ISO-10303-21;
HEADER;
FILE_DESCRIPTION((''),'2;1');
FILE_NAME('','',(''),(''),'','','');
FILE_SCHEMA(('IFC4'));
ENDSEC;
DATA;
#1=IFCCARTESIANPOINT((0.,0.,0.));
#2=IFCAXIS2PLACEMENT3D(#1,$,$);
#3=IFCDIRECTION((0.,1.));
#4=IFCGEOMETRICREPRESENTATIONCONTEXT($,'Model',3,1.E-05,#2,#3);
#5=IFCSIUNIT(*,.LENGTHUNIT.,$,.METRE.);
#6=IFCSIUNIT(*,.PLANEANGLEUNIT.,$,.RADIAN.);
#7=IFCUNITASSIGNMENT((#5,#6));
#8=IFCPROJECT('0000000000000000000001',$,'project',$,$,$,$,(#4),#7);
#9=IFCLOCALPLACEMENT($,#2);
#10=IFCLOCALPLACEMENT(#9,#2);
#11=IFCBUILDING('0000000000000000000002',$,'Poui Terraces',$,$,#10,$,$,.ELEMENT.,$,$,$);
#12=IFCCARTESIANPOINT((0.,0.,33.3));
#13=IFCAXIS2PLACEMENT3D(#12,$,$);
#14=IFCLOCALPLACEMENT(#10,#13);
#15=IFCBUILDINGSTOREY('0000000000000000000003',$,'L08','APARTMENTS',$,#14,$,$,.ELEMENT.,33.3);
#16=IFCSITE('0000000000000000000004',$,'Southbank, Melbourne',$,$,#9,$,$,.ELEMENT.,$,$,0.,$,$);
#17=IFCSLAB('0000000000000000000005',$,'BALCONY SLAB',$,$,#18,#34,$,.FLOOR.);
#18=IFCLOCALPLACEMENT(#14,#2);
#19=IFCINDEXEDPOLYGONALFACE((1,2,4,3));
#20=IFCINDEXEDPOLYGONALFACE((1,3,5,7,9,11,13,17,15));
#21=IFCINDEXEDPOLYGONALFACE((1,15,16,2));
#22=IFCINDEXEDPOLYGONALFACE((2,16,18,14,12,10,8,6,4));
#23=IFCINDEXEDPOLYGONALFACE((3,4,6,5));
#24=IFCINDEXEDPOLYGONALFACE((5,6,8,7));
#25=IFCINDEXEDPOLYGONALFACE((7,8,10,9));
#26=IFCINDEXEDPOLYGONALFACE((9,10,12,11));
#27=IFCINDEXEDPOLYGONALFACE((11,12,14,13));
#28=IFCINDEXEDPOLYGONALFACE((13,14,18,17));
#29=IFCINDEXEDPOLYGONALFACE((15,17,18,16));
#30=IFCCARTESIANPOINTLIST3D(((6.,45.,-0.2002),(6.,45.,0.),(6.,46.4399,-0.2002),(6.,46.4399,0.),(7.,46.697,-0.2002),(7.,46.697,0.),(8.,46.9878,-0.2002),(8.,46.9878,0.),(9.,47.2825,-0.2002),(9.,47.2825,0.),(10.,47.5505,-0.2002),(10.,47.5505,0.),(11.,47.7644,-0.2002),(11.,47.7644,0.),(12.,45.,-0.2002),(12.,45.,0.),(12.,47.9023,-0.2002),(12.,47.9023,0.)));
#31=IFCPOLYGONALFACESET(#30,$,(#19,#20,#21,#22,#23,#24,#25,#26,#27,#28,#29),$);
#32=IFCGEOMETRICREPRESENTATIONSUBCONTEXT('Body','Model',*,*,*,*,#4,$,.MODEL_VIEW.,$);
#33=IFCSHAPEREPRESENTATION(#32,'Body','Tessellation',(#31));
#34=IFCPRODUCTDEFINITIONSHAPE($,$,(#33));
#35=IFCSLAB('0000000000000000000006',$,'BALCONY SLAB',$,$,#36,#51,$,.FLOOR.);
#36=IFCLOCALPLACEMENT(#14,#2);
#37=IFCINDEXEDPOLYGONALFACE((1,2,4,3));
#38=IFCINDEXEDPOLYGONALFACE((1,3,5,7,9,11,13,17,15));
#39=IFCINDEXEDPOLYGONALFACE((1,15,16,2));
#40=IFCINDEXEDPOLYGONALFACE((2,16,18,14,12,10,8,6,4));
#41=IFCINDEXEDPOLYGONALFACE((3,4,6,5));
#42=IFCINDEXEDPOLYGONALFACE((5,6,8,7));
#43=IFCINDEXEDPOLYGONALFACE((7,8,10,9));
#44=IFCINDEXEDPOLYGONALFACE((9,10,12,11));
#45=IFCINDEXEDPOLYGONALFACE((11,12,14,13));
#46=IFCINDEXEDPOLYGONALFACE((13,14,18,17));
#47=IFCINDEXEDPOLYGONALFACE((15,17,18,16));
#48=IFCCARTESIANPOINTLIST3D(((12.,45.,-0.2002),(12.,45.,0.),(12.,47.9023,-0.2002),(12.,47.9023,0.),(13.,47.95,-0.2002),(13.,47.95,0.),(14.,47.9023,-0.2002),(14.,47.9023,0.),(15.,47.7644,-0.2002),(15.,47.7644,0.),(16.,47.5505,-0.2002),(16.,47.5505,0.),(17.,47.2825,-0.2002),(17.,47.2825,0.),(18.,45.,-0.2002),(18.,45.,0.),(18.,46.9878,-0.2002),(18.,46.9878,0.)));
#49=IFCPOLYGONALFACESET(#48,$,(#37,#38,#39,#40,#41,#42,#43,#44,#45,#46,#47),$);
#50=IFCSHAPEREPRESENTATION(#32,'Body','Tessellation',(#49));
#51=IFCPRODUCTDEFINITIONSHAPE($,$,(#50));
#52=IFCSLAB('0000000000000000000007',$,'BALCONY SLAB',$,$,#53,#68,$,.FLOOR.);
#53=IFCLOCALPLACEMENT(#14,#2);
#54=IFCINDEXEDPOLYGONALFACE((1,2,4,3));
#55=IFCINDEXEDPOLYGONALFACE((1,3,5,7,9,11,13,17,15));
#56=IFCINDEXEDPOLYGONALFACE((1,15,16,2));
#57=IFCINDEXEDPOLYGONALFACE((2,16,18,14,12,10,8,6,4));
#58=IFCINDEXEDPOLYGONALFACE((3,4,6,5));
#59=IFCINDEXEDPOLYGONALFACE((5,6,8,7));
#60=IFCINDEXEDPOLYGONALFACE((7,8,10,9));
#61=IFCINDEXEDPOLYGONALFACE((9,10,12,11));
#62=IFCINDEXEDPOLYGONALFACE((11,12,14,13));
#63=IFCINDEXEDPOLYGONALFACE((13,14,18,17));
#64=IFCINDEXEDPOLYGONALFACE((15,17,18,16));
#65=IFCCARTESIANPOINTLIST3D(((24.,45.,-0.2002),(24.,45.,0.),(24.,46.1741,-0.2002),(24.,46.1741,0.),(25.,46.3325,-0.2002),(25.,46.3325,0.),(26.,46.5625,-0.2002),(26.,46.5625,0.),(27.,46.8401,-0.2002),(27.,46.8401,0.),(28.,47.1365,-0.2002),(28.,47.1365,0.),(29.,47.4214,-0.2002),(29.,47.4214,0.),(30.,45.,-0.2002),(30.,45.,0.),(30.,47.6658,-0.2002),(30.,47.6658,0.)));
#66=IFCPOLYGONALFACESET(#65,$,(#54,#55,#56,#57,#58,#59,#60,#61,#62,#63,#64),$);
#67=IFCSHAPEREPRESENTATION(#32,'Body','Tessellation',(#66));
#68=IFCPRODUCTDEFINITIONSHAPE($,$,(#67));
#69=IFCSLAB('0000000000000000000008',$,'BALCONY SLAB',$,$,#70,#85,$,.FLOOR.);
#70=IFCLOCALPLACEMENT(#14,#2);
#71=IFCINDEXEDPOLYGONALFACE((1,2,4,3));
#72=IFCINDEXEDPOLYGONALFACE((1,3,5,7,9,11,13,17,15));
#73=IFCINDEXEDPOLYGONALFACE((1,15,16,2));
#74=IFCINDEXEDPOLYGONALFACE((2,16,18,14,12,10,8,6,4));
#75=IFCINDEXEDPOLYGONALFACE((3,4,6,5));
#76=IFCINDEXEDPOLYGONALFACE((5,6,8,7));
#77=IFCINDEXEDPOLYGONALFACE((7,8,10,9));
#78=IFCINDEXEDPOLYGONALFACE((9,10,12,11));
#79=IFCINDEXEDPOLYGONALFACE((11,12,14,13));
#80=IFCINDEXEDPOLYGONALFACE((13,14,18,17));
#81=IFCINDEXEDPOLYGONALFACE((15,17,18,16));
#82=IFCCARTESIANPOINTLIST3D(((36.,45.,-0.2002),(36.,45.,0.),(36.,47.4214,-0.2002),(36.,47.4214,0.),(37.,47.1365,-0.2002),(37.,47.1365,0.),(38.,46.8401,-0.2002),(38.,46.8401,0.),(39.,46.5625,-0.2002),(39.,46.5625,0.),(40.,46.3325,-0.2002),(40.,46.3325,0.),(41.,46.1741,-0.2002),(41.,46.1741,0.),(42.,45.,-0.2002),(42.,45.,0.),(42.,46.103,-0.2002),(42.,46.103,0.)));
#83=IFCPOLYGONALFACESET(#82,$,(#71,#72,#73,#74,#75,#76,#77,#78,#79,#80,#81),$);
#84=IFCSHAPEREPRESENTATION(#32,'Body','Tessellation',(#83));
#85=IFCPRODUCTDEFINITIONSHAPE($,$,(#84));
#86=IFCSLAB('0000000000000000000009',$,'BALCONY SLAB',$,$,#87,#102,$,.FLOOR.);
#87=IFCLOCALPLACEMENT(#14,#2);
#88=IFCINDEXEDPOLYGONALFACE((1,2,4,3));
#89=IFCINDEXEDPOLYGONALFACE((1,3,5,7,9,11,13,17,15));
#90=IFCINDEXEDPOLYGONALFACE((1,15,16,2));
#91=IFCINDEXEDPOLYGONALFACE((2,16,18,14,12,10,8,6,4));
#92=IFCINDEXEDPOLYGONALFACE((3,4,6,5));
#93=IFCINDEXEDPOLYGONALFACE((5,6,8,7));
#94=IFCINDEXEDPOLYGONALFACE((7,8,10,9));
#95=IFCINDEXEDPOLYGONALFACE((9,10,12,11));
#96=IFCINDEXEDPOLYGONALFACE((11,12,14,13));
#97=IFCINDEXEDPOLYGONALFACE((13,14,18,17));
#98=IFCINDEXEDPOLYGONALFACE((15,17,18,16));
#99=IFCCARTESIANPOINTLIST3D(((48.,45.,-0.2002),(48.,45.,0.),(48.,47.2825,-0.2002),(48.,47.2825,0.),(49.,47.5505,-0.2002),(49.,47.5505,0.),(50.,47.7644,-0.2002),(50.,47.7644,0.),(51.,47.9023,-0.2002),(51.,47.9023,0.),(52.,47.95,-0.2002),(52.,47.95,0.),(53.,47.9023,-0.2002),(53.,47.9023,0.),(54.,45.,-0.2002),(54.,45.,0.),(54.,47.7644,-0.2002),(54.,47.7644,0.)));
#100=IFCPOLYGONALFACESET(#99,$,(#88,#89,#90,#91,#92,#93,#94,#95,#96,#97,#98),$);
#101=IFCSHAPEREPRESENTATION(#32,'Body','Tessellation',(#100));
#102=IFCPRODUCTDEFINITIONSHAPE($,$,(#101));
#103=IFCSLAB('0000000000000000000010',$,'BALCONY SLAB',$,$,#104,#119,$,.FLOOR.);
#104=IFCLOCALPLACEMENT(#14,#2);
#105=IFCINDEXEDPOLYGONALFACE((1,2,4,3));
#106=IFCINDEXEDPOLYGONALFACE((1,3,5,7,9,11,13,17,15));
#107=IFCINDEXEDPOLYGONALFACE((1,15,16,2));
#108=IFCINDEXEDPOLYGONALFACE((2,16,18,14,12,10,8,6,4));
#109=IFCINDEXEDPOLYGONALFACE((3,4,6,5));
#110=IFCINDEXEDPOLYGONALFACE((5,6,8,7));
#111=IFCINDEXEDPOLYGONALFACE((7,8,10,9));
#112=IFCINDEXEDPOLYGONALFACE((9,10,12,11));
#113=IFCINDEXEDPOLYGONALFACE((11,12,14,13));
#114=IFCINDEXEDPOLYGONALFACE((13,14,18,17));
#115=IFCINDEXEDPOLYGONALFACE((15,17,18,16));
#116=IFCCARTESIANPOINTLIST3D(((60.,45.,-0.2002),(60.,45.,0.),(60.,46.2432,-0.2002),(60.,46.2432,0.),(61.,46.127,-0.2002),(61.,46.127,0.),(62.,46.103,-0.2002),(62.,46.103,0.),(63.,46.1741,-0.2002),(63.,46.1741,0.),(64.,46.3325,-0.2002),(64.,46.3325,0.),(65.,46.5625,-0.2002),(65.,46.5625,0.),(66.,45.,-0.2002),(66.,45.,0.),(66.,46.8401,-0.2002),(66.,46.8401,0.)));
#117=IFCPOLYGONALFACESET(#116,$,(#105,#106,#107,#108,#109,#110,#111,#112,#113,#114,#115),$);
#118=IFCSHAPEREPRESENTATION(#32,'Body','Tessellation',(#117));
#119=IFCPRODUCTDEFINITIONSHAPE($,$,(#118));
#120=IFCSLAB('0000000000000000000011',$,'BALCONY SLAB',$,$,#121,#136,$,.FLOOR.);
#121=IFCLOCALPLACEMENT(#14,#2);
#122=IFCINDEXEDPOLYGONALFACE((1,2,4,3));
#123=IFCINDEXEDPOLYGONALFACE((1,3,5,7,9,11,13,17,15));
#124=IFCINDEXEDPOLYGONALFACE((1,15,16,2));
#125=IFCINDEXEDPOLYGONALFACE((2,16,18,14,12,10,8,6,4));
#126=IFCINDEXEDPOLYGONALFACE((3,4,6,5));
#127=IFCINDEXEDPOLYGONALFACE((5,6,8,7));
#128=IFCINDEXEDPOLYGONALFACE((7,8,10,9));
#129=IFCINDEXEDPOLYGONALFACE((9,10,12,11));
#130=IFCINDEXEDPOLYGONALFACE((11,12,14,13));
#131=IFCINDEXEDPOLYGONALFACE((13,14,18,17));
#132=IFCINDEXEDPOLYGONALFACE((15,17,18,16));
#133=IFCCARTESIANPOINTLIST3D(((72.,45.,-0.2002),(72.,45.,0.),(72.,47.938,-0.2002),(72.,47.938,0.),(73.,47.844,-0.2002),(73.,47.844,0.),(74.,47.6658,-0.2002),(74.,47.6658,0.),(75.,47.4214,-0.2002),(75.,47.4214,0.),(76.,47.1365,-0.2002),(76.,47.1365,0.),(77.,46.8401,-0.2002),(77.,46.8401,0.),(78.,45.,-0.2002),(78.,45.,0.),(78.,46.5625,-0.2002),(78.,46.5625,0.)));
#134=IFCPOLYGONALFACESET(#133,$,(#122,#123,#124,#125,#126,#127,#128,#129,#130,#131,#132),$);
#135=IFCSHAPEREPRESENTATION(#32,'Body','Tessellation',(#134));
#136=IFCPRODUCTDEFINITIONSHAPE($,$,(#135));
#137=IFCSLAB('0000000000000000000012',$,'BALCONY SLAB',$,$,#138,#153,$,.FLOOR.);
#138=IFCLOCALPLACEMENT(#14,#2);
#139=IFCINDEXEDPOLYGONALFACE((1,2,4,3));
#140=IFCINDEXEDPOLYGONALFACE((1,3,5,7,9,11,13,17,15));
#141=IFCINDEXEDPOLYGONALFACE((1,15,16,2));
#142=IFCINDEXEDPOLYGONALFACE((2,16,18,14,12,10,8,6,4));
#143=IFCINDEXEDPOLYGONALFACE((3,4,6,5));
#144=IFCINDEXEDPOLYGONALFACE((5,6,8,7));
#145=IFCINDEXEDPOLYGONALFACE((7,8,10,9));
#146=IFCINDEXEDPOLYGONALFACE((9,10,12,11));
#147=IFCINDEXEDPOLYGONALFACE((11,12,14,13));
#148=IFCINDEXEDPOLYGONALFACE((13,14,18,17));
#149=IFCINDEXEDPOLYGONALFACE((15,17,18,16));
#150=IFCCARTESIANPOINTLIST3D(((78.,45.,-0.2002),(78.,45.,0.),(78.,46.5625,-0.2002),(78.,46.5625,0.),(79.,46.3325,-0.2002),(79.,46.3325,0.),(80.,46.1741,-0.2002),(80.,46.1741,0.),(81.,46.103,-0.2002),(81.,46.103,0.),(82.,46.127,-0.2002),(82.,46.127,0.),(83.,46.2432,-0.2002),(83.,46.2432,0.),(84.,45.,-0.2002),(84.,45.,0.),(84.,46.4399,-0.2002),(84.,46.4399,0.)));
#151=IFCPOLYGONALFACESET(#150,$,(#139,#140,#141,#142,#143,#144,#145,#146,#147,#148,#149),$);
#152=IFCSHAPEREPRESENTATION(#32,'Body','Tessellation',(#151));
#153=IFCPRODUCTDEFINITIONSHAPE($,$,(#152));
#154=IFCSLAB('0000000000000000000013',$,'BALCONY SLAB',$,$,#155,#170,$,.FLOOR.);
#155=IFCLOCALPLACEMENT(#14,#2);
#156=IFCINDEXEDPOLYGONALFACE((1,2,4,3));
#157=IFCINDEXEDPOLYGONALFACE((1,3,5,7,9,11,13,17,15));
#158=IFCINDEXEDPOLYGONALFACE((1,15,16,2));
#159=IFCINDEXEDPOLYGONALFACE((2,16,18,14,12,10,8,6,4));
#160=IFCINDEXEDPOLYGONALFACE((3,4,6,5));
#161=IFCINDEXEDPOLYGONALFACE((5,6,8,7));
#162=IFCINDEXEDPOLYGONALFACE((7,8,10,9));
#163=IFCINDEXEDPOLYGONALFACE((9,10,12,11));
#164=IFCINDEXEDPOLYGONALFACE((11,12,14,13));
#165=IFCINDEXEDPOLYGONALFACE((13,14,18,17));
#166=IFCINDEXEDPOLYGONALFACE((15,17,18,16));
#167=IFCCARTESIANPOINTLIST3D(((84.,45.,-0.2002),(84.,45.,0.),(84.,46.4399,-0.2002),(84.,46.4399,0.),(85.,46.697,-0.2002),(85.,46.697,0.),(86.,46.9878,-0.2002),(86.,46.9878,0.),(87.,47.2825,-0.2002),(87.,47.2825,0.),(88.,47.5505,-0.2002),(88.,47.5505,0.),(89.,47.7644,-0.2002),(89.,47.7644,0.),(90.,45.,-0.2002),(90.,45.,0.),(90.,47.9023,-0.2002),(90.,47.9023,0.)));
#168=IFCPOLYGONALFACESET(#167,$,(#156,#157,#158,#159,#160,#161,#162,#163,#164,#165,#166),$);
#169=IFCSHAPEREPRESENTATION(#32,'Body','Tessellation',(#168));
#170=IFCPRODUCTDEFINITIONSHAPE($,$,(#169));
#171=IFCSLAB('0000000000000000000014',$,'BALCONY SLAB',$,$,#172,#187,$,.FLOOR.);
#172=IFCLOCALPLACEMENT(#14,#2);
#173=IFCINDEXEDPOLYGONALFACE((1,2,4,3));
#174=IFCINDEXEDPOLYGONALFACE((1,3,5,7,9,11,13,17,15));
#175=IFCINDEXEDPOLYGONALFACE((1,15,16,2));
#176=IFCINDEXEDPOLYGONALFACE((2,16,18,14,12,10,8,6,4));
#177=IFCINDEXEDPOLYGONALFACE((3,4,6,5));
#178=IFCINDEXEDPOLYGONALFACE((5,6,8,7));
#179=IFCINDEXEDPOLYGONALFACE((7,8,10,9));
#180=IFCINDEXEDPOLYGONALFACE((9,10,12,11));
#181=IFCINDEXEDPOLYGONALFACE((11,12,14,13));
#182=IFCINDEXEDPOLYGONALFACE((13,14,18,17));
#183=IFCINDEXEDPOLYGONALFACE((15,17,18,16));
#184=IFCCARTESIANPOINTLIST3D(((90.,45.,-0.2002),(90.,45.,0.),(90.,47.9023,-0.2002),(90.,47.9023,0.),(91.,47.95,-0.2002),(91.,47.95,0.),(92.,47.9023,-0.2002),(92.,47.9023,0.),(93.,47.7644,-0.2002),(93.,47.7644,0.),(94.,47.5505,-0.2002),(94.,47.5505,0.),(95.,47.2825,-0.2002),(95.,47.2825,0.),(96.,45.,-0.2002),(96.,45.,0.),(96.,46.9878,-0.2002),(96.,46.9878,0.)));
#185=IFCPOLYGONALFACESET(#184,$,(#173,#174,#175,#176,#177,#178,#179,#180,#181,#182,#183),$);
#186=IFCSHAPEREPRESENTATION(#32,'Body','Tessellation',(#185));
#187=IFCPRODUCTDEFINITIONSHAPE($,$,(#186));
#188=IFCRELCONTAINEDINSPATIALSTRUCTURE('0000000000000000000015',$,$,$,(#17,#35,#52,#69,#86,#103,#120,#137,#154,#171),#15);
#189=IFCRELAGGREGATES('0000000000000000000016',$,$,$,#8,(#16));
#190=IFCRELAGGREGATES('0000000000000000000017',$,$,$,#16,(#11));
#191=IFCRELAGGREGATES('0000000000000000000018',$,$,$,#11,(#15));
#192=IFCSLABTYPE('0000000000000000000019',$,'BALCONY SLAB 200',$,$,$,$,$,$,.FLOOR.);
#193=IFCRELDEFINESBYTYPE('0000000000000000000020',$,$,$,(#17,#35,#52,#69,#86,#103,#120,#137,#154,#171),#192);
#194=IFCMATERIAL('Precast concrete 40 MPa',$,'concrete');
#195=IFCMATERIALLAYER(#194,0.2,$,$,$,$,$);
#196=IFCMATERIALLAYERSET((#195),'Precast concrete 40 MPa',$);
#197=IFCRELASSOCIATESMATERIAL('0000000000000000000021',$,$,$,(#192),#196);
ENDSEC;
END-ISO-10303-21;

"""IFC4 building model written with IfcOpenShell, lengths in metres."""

from ifc_helpers import new_model, si_unit, direction, frame, origin, place, context, subcontext, project, spatial, polyline, outline, extrude, material, layer, layer_set, type_object, element, save


model = new_model("IFC4")

# Units and contexts
model_context = context("Model", 3, precision=1e-05, world=origin(), true_north=direction((0.0, 1.0)))
body_context = subcontext(model_context, "Body", "Model", "MODEL_VIEW")
ifc_project = project(units=[si_unit("LENGTHUNIT", "METRE"), si_unit("PLANEANGLEUNIT", "RADIAN")], contexts=[model_context])

# Site, building, storey
site_placement = place(None, origin())
site = spatial("IfcSite", under=ifc_project, at=site_placement, Name="Southbank, Melbourne", CompositionType="ELEMENT", RefElevation=0.0)
building_placement = place(site_placement, origin())
building = spatial("IfcBuilding", under=site, at=building_placement, Name="Poui Terraces", CompositionType="ELEMENT")
storey_placement = place(building_placement, frame((0.0, 0.0, 33.3)))
storey = spatial("IfcBuildingStorey", under=building, at=storey_placement, Name="L08", Description="APARTMENTS", CompositionType="ELEMENT", Elevation=33.3)

# Slabs
ifc_material_1 = material(Name="Precast concrete 40 MPa", Category="concrete")
ifc_layer_1 = layer(ifc_material_1, 0.2)
ifc_layer_set_1 = layer_set([ifc_layer_1], Name="Precast concrete 40 MPa")
slab_type_1 = type_object("IfcSlabType", Name="BALCONY SLAB 200", PredefinedType="FLOOR", material=ifc_layer_set_1)
slab_1_placement = place(storey_placement, frame((0.0, 0.0, -0.2002)))
element("IfcSlab", 1, at=slab_1_placement, inside=storey, type_object=slab_type_1, Name="BALCONY SLAB", PredefinedType="FLOOR", context=body_context, shape_type="SweptSolid", body=[
    extrude(outline(polyline([(6.0, 45.0), (12.0, 45.0), (12.0, 47.9023), (11.0, 47.7644), (10.0, 47.5505), (9.0, 47.2825), (8.0, 46.9878), (7.0, 46.697), (6.0, 46.4399), (6.0, 45.0)])), origin(), (0.0, 0.0, 1.0), 0.2002),
])
slab_2_placement = place(storey_placement, frame((0.0, 0.0, -0.2002)))
element("IfcSlab", 2, at=slab_2_placement, inside=storey, type_object=slab_type_1, Name="BALCONY SLAB", PredefinedType="FLOOR", context=body_context, shape_type="SweptSolid", body=[
    extrude(outline(polyline([(12.0, 45.0), (18.0, 45.0), (18.0, 46.9878), (17.0, 47.2825), (16.0, 47.5505), (15.0, 47.7644), (14.0, 47.9023), (13.0, 47.95), (12.0, 47.9023), (12.0, 45.0)])), origin(), (0.0, 0.0, 1.0), 0.2002),
])
slab_3_placement = place(storey_placement, frame((0.0, 0.0, -0.2002)))
element("IfcSlab", 3, at=slab_3_placement, inside=storey, type_object=slab_type_1, Name="BALCONY SLAB", PredefinedType="FLOOR", context=body_context, shape_type="SweptSolid", body=[
    extrude(outline(polyline([(24.0, 45.0), (30.0, 45.0), (30.0, 47.6658), (29.0, 47.4214), (28.0, 47.1365), (27.0, 46.8401), (26.0, 46.5625), (25.0, 46.3325), (24.0, 46.1741), (24.0, 45.0)])), origin(), (0.0, 0.0, 1.0), 0.2002),
])
slab_4_placement = place(storey_placement, frame((0.0, 0.0, -0.2002)))
element("IfcSlab", 4, at=slab_4_placement, inside=storey, type_object=slab_type_1, Name="BALCONY SLAB", PredefinedType="FLOOR", context=body_context, shape_type="SweptSolid", body=[
    extrude(outline(polyline([(36.0, 45.0), (42.0, 45.0), (42.0, 46.103), (41.0, 46.1741), (40.0, 46.3325), (39.0, 46.5625), (38.0, 46.8401), (37.0, 47.1365), (36.0, 47.4214), (36.0, 45.0)])), origin(), (0.0, 0.0, 1.0), 0.2002),
])
slab_5_placement = place(storey_placement, frame((0.0, 0.0, -0.2002)))
element("IfcSlab", 5, at=slab_5_placement, inside=storey, type_object=slab_type_1, Name="BALCONY SLAB", PredefinedType="FLOOR", context=body_context, shape_type="SweptSolid", body=[
    extrude(outline(polyline([(48.0, 45.0), (54.0, 45.0), (54.0, 47.7644), (53.0, 47.9023), (52.0, 47.95), (51.0, 47.9023), (50.0, 47.7644), (49.0, 47.5505), (48.0, 47.2825), (48.0, 45.0)])), origin(), (0.0, 0.0, 1.0), 0.2002),
])
slab_6_placement = place(storey_placement, frame((0.0, 0.0, -0.2002)))
element("IfcSlab", 6, at=slab_6_placement, inside=storey, type_object=slab_type_1, Name="BALCONY SLAB", PredefinedType="FLOOR", context=body_context, shape_type="SweptSolid", body=[
    extrude(outline(polyline([(60.0, 45.0), (66.0, 45.0), (66.0, 46.8401), (65.0, 46.5625), (64.0, 46.3325), (63.0, 46.1741), (62.0, 46.103), (61.0, 46.127), (60.0, 46.2432), (60.0, 45.0)])), origin(), (0.0, 0.0, 1.0), 0.2002),
])
slab_7_placement = place(storey_placement, frame((0.0, 0.0, -0.2002)))
element("IfcSlab", 7, at=slab_7_placement, inside=storey, type_object=slab_type_1, Name="BALCONY SLAB", PredefinedType="FLOOR", context=body_context, shape_type="SweptSolid", body=[
    extrude(outline(polyline([(72.0, 45.0), (78.0, 45.0), (78.0, 46.5625), (77.0, 46.8401), (76.0, 47.1365), (75.0, 47.4214), (74.0, 47.6658), (73.0, 47.844), (72.0, 47.938), (72.0, 45.0)])), origin(), (0.0, 0.0, 1.0), 0.2002),
])
slab_8_placement = place(storey_placement, frame((0.0, 0.0, -0.2002)))
element("IfcSlab", 8, at=slab_8_placement, inside=storey, type_object=slab_type_1, Name="BALCONY SLAB", PredefinedType="FLOOR", context=body_context, shape_type="SweptSolid", body=[
    extrude(outline(polyline([(78.0, 45.0), (84.0, 45.0), (84.0, 46.4399), (83.0, 46.2432), (82.0, 46.127), (81.0, 46.103), (80.0, 46.1741), (79.0, 46.3325), (78.0, 46.5625), (78.0, 45.0)])), origin(), (0.0, 0.0, 1.0), 0.2002),
])
slab_9_placement = place(storey_placement, frame((0.0, 0.0, -0.2002)))
element("IfcSlab", 9, at=slab_9_placement, inside=storey, type_object=slab_type_1, Name="BALCONY SLAB", PredefinedType="FLOOR", context=body_context, shape_type="SweptSolid", body=[
    extrude(outline(polyline([(84.0, 45.0), (90.0, 45.0), (90.0, 47.9023), (89.0, 47.7644), (88.0, 47.5505), (87.0, 47.2825), (86.0, 46.9878), (85.0, 46.697), (84.0, 46.4399), (84.0, 45.0)])), origin(), (0.0, 0.0, 1.0), 0.2002),
])
slab_10_placement = place(storey_placement, frame((0.0, 0.0, -0.2002)))
element("IfcSlab", 10, at=slab_10_placement, inside=storey, type_object=slab_type_1, Name="BALCONY SLAB", PredefinedType="FLOOR", context=body_context, shape_type="SweptSolid", body=[
    extrude(outline(polyline([(90.0, 45.0), (96.0, 45.0), (96.0, 46.9878), (95.0, 47.2825), (94.0, 47.5505), (93.0, 47.7644), (92.0, 47.9023), (91.0, 47.95), (90.0, 47.9023), (90.0, 45.0)])), origin(), (0.0, 0.0, 1.0), 0.2002),
])

save(model, "model.ifc")
